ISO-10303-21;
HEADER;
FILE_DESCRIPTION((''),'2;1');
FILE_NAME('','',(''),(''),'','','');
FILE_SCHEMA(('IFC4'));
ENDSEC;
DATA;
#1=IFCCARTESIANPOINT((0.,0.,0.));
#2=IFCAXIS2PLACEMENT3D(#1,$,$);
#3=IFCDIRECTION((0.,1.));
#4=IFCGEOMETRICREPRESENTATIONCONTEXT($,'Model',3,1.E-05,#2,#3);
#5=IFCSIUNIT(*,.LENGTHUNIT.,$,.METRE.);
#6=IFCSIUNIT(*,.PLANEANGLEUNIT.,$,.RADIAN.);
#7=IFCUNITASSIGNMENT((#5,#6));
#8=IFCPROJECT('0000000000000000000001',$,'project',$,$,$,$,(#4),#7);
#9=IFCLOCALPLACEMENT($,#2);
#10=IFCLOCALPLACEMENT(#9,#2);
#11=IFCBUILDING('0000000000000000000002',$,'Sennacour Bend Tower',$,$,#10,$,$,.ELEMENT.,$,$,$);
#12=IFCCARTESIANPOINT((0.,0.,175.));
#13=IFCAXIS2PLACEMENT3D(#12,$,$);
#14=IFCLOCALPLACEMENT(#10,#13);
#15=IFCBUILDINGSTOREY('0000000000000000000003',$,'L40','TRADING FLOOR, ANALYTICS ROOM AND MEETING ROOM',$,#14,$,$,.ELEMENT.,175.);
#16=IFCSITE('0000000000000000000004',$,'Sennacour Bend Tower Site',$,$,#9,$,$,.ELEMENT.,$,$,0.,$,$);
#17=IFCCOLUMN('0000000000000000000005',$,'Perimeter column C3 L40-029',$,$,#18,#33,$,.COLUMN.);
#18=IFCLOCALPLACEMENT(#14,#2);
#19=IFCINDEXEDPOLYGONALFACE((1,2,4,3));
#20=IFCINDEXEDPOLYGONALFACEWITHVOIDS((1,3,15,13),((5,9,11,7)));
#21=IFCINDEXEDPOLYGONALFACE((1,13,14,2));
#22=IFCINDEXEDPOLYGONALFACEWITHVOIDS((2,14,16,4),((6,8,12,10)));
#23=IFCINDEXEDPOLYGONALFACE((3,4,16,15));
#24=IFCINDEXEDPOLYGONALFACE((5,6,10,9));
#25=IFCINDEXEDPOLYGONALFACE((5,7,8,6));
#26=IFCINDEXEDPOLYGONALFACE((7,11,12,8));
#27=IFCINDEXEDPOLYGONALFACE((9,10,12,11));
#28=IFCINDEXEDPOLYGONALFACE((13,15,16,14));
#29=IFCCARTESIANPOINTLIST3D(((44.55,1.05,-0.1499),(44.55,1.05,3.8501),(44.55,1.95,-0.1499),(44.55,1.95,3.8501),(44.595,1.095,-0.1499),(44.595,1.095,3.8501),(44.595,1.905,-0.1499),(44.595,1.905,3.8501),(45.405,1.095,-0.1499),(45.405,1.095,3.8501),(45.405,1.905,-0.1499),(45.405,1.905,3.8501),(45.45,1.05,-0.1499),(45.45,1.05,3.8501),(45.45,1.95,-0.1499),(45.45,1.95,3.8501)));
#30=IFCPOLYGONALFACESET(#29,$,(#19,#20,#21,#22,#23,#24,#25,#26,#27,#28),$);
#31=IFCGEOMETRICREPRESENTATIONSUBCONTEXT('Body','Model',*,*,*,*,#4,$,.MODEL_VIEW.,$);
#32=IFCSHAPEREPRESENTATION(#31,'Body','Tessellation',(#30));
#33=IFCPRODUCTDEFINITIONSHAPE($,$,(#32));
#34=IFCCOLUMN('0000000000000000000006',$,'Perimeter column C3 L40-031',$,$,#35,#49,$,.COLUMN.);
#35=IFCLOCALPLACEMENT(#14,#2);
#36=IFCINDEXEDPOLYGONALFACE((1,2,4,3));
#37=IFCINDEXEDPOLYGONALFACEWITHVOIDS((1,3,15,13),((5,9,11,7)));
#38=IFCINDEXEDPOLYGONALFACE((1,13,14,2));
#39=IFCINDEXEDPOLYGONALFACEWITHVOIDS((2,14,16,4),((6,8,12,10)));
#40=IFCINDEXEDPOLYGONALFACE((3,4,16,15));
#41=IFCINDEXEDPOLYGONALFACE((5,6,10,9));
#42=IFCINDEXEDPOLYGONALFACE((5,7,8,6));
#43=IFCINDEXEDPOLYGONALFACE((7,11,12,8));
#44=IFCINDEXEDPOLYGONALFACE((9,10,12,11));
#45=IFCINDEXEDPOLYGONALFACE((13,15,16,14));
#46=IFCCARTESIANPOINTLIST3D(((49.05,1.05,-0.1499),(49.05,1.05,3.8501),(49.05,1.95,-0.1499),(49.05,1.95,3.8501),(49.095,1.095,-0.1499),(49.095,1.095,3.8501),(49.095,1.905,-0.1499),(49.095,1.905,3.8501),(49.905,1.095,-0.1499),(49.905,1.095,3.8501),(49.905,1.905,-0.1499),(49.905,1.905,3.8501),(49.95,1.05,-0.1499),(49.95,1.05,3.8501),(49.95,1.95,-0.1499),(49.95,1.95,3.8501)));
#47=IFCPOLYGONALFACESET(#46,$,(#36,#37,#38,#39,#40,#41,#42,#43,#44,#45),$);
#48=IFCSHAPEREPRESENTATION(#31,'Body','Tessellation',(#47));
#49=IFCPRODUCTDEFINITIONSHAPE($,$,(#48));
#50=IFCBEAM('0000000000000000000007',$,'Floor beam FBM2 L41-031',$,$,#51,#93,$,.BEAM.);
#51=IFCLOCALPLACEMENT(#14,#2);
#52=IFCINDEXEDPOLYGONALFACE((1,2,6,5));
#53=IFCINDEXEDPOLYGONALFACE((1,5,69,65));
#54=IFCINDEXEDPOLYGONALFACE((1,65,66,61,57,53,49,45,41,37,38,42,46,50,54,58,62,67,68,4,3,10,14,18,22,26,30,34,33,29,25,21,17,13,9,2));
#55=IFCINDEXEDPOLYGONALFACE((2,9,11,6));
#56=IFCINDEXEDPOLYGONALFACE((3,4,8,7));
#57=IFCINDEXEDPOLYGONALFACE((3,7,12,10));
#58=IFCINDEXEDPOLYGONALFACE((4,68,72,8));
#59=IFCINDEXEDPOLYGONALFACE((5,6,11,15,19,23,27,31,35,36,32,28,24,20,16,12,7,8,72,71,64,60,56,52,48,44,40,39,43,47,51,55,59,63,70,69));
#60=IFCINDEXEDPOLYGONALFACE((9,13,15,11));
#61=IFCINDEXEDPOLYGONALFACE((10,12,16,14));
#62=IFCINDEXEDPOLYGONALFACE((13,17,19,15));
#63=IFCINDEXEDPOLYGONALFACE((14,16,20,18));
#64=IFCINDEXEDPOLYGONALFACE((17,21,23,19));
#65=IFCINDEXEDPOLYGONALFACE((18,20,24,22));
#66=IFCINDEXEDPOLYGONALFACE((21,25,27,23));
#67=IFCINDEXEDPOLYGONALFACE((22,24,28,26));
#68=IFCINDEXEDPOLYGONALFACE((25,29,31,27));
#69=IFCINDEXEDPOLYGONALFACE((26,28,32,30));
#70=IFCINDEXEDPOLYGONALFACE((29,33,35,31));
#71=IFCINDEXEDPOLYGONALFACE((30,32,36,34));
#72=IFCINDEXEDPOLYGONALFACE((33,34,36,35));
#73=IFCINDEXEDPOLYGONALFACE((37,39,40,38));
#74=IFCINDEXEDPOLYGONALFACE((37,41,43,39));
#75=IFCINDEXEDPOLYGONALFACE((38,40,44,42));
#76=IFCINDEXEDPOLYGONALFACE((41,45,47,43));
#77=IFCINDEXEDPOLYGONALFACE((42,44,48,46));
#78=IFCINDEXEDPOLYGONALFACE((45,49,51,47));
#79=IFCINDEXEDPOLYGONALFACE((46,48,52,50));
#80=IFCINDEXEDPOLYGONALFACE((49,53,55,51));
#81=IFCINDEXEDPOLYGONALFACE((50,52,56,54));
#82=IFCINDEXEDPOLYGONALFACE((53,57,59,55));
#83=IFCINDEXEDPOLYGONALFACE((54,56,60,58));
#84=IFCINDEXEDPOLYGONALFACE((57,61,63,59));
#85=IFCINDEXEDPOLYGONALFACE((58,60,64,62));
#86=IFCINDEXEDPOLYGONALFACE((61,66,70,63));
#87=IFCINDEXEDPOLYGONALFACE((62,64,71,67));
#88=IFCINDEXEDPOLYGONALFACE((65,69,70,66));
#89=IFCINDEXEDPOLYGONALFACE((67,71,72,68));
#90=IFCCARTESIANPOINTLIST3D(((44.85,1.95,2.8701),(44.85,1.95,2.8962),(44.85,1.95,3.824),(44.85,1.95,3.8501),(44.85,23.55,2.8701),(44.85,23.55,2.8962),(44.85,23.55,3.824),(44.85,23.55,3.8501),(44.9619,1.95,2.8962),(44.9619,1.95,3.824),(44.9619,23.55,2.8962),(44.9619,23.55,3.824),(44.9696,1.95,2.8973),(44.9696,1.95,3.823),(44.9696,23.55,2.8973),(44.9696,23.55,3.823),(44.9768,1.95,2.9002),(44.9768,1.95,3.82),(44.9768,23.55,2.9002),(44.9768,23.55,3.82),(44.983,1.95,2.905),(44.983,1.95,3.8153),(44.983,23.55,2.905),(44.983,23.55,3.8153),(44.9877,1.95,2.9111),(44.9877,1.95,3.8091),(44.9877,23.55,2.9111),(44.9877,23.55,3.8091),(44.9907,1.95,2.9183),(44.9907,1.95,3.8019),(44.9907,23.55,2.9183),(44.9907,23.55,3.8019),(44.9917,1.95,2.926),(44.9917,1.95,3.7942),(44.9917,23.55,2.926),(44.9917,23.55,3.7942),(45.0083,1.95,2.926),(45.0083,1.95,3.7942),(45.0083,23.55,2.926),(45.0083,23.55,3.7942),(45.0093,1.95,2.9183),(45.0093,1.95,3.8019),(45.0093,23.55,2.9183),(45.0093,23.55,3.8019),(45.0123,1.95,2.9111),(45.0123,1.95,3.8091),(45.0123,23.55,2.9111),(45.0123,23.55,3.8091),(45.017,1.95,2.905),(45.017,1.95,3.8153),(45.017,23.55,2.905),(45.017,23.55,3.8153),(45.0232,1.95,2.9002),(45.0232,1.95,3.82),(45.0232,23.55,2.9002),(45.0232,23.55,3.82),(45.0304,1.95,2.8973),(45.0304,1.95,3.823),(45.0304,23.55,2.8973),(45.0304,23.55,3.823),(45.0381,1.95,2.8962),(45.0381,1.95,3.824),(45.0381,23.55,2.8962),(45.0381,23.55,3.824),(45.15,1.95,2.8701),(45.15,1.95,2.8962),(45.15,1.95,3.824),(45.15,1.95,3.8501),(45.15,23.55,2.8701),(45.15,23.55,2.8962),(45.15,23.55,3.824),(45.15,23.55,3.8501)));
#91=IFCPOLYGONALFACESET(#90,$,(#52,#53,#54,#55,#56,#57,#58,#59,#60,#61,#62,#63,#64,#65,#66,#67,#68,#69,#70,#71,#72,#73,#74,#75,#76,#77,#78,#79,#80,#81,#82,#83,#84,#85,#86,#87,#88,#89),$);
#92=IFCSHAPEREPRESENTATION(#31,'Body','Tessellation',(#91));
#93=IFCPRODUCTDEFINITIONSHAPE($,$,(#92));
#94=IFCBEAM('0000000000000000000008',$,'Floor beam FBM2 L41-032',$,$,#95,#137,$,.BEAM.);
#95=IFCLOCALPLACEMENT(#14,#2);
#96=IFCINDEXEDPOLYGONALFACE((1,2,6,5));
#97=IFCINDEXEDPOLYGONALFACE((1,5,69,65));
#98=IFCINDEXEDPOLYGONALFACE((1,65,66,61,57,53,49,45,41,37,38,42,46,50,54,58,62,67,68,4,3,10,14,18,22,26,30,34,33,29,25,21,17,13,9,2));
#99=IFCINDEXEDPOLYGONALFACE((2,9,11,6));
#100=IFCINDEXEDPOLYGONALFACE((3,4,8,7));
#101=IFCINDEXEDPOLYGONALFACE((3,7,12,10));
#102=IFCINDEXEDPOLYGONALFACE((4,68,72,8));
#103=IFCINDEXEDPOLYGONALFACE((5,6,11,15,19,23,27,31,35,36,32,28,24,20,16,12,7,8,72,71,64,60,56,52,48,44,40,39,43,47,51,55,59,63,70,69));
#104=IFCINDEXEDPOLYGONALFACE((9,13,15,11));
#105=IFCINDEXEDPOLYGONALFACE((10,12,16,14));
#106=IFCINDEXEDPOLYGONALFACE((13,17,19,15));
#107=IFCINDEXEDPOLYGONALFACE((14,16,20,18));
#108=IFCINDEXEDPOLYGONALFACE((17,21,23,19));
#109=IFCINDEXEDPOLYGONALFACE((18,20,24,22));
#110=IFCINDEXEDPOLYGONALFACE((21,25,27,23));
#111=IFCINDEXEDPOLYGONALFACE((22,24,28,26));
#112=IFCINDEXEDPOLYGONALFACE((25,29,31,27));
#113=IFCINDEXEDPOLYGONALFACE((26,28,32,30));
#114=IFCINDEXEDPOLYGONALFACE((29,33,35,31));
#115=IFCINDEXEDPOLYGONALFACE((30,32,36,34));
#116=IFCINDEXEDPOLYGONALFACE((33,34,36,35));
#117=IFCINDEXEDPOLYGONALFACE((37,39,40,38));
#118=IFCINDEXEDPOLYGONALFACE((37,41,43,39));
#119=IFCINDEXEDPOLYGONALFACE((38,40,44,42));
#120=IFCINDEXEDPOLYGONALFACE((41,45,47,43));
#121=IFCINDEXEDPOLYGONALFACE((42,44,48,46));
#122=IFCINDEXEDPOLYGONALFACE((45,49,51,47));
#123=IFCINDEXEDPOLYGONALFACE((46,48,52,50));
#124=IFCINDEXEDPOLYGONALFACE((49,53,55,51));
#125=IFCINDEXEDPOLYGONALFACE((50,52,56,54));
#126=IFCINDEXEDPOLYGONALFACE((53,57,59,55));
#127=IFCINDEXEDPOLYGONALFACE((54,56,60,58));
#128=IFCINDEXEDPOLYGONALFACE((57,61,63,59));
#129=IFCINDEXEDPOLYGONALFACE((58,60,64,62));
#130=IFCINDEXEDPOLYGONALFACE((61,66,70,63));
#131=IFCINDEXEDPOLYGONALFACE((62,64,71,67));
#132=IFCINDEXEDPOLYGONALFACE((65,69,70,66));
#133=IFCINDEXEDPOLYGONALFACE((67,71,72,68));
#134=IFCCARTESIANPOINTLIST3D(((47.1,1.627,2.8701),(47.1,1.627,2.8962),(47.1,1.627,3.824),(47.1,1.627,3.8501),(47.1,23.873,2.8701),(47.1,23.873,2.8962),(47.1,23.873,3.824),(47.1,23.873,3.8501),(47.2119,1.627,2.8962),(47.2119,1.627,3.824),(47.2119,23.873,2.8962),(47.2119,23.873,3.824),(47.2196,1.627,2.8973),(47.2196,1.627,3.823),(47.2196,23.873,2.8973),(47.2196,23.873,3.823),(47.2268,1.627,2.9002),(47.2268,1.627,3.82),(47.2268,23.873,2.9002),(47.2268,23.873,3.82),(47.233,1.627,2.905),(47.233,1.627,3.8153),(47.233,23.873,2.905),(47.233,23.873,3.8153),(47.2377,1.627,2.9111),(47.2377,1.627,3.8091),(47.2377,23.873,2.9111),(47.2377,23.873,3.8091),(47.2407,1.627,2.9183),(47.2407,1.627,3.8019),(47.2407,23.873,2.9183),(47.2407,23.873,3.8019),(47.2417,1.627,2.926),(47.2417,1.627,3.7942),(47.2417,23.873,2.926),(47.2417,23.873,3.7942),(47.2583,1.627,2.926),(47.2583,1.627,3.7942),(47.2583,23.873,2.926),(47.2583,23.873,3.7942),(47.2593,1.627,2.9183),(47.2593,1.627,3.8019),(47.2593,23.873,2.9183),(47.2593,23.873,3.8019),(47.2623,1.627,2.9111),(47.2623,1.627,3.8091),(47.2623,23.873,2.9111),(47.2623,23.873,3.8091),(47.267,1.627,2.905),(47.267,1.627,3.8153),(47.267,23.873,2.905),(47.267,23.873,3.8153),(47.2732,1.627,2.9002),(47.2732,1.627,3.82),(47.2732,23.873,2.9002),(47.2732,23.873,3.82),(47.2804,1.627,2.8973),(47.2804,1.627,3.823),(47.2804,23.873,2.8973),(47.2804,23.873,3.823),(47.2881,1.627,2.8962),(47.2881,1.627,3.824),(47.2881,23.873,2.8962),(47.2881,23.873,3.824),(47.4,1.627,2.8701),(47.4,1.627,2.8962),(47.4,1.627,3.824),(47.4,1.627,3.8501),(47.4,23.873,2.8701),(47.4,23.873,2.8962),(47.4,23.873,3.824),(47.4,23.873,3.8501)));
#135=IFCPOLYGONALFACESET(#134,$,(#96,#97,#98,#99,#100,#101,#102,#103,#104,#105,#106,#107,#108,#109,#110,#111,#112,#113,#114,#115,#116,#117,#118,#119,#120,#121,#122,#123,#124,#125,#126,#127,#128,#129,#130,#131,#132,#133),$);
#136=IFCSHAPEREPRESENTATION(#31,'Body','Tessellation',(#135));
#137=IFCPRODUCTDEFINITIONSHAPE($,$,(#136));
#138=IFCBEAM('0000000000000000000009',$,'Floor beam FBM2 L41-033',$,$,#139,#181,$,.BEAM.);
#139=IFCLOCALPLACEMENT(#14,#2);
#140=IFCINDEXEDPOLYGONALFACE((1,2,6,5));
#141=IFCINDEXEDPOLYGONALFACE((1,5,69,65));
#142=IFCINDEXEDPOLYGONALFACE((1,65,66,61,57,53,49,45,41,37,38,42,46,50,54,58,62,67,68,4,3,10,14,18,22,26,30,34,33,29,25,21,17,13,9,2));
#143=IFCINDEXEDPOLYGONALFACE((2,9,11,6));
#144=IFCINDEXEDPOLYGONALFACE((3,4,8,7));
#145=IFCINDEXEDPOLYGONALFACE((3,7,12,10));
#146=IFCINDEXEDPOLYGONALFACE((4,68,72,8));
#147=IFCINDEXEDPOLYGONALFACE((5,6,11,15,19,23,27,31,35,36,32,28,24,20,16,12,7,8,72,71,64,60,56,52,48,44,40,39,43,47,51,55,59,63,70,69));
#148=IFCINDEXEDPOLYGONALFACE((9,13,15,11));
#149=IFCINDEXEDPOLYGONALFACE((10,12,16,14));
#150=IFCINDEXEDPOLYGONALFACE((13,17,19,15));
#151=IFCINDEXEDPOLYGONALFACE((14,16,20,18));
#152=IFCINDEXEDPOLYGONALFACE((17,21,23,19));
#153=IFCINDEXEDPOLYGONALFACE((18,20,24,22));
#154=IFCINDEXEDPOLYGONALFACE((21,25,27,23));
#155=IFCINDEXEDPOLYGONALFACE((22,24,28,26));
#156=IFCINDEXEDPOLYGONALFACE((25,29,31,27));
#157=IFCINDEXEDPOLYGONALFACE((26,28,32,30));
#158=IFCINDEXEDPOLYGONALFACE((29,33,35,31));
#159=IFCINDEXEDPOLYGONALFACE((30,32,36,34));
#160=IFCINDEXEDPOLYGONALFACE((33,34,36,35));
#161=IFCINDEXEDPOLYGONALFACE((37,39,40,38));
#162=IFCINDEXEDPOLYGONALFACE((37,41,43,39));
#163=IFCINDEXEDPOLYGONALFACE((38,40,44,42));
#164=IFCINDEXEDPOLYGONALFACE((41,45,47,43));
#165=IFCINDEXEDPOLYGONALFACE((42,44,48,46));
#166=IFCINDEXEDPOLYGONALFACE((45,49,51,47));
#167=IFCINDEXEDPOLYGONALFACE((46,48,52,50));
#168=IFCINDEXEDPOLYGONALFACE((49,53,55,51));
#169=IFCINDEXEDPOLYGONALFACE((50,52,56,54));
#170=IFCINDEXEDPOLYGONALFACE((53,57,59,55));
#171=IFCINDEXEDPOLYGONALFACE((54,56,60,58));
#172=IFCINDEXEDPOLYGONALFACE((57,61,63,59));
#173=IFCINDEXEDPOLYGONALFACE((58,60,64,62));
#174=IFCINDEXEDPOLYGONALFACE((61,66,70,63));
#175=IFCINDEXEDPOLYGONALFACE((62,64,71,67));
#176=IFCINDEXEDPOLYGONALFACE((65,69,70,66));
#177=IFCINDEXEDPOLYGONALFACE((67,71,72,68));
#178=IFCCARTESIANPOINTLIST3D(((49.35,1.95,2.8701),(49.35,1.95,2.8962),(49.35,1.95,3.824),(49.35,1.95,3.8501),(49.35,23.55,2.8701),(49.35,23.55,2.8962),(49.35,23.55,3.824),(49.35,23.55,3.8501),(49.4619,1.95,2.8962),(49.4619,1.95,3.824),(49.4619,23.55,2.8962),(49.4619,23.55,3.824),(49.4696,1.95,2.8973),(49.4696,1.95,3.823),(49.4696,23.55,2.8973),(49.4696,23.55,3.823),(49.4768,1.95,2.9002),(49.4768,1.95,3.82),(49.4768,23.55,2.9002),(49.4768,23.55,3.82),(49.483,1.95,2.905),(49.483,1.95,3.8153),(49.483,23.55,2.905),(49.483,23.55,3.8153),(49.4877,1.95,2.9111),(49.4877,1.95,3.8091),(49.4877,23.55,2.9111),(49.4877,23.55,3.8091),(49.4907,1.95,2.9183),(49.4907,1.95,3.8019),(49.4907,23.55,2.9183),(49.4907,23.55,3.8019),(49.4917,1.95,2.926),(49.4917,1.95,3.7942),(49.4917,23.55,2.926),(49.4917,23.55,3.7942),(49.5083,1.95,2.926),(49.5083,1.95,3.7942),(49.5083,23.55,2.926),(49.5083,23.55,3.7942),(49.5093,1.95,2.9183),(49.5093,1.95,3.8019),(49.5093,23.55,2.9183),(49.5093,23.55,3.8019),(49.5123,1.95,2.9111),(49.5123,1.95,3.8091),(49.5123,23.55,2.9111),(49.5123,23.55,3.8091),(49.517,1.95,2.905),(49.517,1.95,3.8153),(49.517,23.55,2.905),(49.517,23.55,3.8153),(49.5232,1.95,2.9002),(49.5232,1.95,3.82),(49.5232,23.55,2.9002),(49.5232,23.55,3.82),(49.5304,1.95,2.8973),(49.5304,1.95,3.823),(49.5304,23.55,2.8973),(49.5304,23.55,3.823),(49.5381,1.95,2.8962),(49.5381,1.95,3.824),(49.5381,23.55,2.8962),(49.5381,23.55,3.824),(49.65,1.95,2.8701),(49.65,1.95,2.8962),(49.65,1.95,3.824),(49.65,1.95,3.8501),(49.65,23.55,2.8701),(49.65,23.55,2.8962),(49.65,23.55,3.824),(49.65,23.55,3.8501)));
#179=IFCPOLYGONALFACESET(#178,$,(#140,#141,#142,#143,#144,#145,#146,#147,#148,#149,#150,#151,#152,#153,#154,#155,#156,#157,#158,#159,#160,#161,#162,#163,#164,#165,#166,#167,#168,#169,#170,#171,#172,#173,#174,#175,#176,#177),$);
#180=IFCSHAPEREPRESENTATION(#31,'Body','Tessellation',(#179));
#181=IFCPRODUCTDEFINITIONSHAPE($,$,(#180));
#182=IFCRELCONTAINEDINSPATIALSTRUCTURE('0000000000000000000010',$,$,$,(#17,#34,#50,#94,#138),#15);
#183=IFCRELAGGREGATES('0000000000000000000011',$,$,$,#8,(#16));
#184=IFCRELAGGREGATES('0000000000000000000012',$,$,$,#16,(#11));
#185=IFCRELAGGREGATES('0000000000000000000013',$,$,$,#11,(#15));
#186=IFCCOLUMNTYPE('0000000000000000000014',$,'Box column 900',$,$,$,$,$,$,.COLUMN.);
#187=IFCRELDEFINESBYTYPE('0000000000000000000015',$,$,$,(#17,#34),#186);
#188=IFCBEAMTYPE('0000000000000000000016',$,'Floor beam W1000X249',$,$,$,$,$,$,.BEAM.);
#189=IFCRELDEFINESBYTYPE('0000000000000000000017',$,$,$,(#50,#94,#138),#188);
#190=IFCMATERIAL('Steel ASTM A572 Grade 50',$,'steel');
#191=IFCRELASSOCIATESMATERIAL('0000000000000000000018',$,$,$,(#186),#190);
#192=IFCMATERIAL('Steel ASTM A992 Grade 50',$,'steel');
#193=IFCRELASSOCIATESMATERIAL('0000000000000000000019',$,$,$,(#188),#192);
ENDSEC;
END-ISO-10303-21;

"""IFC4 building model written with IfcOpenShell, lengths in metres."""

from ifc_helpers import new_model, si_unit, direction, frame, origin, origin_2d, place, context, subcontext, project, spatial, hollow_rectangle, i_section, extrude, material, material_profile, profile_set, type_object, element, save


model = new_model("IFC4")

# Units and contexts
model_context = context("Model", 3, precision=1e-05, world=origin(), true_north=direction((0.0, 1.0)))
body_context = subcontext(model_context, "Body", "Model", "MODEL_VIEW")
ifc_project = project(units=[si_unit("LENGTHUNIT", "METRE"), si_unit("PLANEANGLEUNIT", "RADIAN")], contexts=[model_context])

# Site, building, storey
site_placement = place(None, origin())
site = spatial("IfcSite", under=ifc_project, at=site_placement, Name="Sennacour Bend Tower Site", CompositionType="ELEMENT", RefElevation=0.0)
building_placement = place(site_placement, origin())
building = spatial("IfcBuilding", under=site, at=building_placement, Name="Sennacour Bend Tower", CompositionType="ELEMENT")
storey_placement = place(building_placement, frame((0.0, 0.0, 175.0)))
storey = spatial("IfcBuildingStorey", under=building, at=storey_placement, Name="L40", Description="TRADING FLOOR, ANALYTICS ROOM AND MEETING ROOM", CompositionType="ELEMENT", Elevation=175.0)

# Columns
ifc_material_1 = material(Name="Steel ASTM A572 Grade 50", Category="steel")
ifc_material_profile_1 = material_profile(ifc_material_1, hollow_rectangle(XDim=0.8999, YDim=0.8999, WallThickness=0.0449, at=origin_2d()), Name="Steel ASTM A572 Grade 50", Category="steel")
ifc_profile_set_1 = profile_set([ifc_material_profile_1], Name="Steel ASTM A572 Grade 50")
column_type = type_object("IfcColumnType", Name="Box column 900", PredefinedType="COLUMN", material=ifc_profile_set_1)
for number, where, z_axis, x_axis, name in (
    (1, (45.0, 1.5, -0.1499), (0.0, 0.0, 1.0), (1.0, 0.0, 0.0), "Perimeter column C3 L40-029"),
    (2, (49.5, 1.5, -0.1499), (0.0, 0.0, 1.0), (1.0, 0.0, 0.0), "Perimeter column C3 L40-031"),
):
    element("IfcColumn", number, at=place(storey_placement, frame(where, z_axis=z_axis, x_axis=x_axis)), inside=storey, type_object=column_type, Name=name, PredefinedType="COLUMN", context=body_context, shape_type="SweptSolid", body=[
        extrude(hollow_rectangle(XDim=0.8999, YDim=0.8999, WallThickness=0.0449, at=origin_2d()), origin(), (0.0, 0.0, 1.0), 4.0),
    ])

# Beams
ifc_material_2 = material(Name="Steel ASTM A992 Grade 50", Category="steel")
ifc_material_profile_2 = material_profile(ifc_material_2, i_section(OverallWidth=0.3, OverallDepth=0.98, WebThickness=0.0166, FlangeThickness=0.0261, FilletRadius=0.0298, at=origin_2d()), Name="Steel ASTM A992 Grade 50", Category="steel")
ifc_profile_set_2 = profile_set([ifc_material_profile_2], Name="Steel ASTM A992 Grade 50")
beam_type_1 = type_object("IfcBeamType", Name="Floor beam W1000X249", PredefinedType="BEAM", material=ifc_profile_set_2)
beam_1_placement = place(storey_placement, frame((45.0, 1.95, 3.3601), z_axis=(0.0, 1.0, 0.0), x_axis=(-1.0, 0.0, 0.0)))
element("IfcBeam", 3, at=beam_1_placement, inside=storey, type_object=beam_type_1, Name="Floor beam FBM2 L41-031", PredefinedType="BEAM", context=body_context, shape_type="SweptSolid", body=[
    extrude(i_section(OverallWidth=0.3, OverallDepth=0.98, WebThickness=0.0166, FlangeThickness=0.0261, FilletRadius=0.0298, at=origin_2d()), origin(), (0.0, 0.0, 1.0), 21.6001),
])
beam_2_placement = place(storey_placement, frame((47.25, 1.627, 3.3601), z_axis=(0.0, 1.0, 0.0), x_axis=(-1.0, 0.0, 0.0)))
element("IfcBeam", 4, at=beam_2_placement, inside=storey, type_object=beam_type_1, Name="Floor beam FBM2 L41-032", PredefinedType="BEAM", context=body_context, shape_type="SweptSolid", body=[
    extrude(i_section(OverallWidth=0.3, OverallDepth=0.98, WebThickness=0.0166, FlangeThickness=0.0261, FilletRadius=0.0298, at=origin_2d()), origin(), (0.0, 0.0, 1.0), 22.2461),
])
beam_3_placement = place(storey_placement, frame((49.5, 1.95, 3.3601), z_axis=(0.0, 1.0, 0.0), x_axis=(-1.0, 0.0, 0.0)))
element("IfcBeam", 5, at=beam_3_placement, inside=storey, type_object=beam_type_1, Name="Floor beam FBM2 L41-033", PredefinedType="BEAM", context=body_context, shape_type="SweptSolid", body=[
    extrude(i_section(OverallWidth=0.3, OverallDepth=0.98, WebThickness=0.0166, FlangeThickness=0.0261, FilletRadius=0.0298, at=origin_2d()), origin(), (0.0, 0.0, 1.0), 21.6001),
])

save(model, "model.ifc")
